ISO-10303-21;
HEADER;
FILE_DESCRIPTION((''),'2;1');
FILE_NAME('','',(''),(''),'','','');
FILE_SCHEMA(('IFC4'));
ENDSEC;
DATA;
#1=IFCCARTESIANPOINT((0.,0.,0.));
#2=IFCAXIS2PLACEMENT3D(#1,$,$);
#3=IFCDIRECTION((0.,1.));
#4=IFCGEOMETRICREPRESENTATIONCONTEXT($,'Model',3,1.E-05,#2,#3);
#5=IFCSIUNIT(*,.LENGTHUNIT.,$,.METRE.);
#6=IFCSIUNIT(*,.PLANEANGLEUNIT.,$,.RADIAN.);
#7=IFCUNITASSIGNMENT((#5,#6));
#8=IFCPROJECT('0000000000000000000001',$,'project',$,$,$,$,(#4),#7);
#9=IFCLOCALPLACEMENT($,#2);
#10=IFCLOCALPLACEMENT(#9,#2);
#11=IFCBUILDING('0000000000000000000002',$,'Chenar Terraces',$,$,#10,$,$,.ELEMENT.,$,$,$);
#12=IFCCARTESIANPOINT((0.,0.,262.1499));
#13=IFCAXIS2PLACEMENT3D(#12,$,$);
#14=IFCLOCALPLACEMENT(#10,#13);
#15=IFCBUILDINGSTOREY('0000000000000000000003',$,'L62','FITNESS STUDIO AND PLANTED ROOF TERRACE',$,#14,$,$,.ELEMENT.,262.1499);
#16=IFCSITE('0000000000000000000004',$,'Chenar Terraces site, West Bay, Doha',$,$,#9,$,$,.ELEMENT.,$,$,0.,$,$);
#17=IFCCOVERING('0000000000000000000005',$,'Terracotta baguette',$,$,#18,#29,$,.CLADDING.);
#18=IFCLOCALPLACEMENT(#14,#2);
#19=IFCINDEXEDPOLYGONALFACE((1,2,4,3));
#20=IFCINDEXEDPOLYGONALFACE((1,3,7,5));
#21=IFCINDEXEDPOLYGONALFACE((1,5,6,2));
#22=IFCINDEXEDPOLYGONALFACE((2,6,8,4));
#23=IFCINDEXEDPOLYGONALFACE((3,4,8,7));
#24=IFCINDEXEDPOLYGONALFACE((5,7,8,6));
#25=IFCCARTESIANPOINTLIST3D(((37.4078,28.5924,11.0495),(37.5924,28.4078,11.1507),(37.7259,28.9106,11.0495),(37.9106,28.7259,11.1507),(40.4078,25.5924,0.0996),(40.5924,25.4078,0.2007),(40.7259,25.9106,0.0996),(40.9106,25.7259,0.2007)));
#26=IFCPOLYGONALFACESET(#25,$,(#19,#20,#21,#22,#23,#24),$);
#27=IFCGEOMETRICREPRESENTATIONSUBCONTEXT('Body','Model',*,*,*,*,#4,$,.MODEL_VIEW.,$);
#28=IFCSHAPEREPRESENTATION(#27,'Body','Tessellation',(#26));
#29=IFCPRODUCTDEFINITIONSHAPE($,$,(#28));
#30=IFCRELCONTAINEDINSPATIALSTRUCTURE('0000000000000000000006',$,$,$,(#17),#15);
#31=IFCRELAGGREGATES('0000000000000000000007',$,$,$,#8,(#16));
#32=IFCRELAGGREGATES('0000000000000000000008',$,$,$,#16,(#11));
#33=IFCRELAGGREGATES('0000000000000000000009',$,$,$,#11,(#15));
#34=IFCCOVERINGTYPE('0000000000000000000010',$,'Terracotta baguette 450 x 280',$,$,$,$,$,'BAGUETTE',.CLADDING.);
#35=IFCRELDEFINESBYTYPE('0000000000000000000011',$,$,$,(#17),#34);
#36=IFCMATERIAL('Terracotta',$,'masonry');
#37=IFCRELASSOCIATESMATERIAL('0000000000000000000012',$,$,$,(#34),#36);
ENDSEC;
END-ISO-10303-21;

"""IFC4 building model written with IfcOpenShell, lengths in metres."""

from ifc_helpers import new_model, si_unit, direction, frame, origin, origin_2d, place, context, subcontext, project, spatial, rectangle, extrude, material, material_profile, profile_set, type_object, element, save


model = new_model("IFC4")

# Units and contexts
model_context = context("Model", 3, precision=1e-05, world=origin(), true_north=direction((0.0, 1.0)))
body_context = subcontext(model_context, "Body", "Model", "MODEL_VIEW")
ifc_project = project(units=[si_unit("LENGTHUNIT", "METRE"), si_unit("PLANEANGLEUNIT", "RADIAN")], contexts=[model_context])

# Site, building, storey
site_placement = place(None, origin())
site = spatial("IfcSite", under=ifc_project, at=site_placement, Name="Chenar Terraces site, West Bay, Doha", CompositionType="ELEMENT", RefElevation=0.0)
building_placement = place(site_placement, origin())
building = spatial("IfcBuilding", under=site, at=building_placement, Name="Chenar Terraces", CompositionType="ELEMENT")
storey_placement = place(building_placement, frame((0.0, 0.0, 262.1499)))
storey = spatial("IfcBuildingStorey", under=building, at=storey_placement, Name="L62", Description="FITNESS STUDIO AND PLANTED ROOF TERRACE", CompositionType="ELEMENT", Elevation=262.1499)

# Covering
ifc_material_1 = material(Name="Terracotta", Category="masonry")
ifc_material_profile_1 = material_profile(ifc_material_1, rectangle(XDim=0.45, YDim=0.28, at=origin_2d()), Name="Terracotta baguette 450 x 280")
ifc_profile_set_1 = profile_set([ifc_material_profile_1], Name="Terracotta")
covering_type = type_object("IfcCoveringType", Name="Terracotta baguette 450 x 280", ElementType="BAGUETTE", PredefinedType="CLADDING", material=ifc_profile_set_1)
covering_placement = place(storey_placement, frame((40.6592, 25.6592, 0.1501), z_axis=(-0.255468, 0.255468, 0.932455), x_axis=(-0.707107, -0.707107, 0.0)))
element("IfcCovering", 1, at=covering_placement, inside=storey, type_object=covering_type, Name="Terracotta baguette", PredefinedType="CLADDING", context=body_context, shape_type="SweptSolid", body=[
    extrude(rectangle(XDim=0.45, YDim=0.28, at=origin_2d()), origin(), (0.0, 0.0, 1.0), 11.7432),
])

save(model, "model.ifc")
